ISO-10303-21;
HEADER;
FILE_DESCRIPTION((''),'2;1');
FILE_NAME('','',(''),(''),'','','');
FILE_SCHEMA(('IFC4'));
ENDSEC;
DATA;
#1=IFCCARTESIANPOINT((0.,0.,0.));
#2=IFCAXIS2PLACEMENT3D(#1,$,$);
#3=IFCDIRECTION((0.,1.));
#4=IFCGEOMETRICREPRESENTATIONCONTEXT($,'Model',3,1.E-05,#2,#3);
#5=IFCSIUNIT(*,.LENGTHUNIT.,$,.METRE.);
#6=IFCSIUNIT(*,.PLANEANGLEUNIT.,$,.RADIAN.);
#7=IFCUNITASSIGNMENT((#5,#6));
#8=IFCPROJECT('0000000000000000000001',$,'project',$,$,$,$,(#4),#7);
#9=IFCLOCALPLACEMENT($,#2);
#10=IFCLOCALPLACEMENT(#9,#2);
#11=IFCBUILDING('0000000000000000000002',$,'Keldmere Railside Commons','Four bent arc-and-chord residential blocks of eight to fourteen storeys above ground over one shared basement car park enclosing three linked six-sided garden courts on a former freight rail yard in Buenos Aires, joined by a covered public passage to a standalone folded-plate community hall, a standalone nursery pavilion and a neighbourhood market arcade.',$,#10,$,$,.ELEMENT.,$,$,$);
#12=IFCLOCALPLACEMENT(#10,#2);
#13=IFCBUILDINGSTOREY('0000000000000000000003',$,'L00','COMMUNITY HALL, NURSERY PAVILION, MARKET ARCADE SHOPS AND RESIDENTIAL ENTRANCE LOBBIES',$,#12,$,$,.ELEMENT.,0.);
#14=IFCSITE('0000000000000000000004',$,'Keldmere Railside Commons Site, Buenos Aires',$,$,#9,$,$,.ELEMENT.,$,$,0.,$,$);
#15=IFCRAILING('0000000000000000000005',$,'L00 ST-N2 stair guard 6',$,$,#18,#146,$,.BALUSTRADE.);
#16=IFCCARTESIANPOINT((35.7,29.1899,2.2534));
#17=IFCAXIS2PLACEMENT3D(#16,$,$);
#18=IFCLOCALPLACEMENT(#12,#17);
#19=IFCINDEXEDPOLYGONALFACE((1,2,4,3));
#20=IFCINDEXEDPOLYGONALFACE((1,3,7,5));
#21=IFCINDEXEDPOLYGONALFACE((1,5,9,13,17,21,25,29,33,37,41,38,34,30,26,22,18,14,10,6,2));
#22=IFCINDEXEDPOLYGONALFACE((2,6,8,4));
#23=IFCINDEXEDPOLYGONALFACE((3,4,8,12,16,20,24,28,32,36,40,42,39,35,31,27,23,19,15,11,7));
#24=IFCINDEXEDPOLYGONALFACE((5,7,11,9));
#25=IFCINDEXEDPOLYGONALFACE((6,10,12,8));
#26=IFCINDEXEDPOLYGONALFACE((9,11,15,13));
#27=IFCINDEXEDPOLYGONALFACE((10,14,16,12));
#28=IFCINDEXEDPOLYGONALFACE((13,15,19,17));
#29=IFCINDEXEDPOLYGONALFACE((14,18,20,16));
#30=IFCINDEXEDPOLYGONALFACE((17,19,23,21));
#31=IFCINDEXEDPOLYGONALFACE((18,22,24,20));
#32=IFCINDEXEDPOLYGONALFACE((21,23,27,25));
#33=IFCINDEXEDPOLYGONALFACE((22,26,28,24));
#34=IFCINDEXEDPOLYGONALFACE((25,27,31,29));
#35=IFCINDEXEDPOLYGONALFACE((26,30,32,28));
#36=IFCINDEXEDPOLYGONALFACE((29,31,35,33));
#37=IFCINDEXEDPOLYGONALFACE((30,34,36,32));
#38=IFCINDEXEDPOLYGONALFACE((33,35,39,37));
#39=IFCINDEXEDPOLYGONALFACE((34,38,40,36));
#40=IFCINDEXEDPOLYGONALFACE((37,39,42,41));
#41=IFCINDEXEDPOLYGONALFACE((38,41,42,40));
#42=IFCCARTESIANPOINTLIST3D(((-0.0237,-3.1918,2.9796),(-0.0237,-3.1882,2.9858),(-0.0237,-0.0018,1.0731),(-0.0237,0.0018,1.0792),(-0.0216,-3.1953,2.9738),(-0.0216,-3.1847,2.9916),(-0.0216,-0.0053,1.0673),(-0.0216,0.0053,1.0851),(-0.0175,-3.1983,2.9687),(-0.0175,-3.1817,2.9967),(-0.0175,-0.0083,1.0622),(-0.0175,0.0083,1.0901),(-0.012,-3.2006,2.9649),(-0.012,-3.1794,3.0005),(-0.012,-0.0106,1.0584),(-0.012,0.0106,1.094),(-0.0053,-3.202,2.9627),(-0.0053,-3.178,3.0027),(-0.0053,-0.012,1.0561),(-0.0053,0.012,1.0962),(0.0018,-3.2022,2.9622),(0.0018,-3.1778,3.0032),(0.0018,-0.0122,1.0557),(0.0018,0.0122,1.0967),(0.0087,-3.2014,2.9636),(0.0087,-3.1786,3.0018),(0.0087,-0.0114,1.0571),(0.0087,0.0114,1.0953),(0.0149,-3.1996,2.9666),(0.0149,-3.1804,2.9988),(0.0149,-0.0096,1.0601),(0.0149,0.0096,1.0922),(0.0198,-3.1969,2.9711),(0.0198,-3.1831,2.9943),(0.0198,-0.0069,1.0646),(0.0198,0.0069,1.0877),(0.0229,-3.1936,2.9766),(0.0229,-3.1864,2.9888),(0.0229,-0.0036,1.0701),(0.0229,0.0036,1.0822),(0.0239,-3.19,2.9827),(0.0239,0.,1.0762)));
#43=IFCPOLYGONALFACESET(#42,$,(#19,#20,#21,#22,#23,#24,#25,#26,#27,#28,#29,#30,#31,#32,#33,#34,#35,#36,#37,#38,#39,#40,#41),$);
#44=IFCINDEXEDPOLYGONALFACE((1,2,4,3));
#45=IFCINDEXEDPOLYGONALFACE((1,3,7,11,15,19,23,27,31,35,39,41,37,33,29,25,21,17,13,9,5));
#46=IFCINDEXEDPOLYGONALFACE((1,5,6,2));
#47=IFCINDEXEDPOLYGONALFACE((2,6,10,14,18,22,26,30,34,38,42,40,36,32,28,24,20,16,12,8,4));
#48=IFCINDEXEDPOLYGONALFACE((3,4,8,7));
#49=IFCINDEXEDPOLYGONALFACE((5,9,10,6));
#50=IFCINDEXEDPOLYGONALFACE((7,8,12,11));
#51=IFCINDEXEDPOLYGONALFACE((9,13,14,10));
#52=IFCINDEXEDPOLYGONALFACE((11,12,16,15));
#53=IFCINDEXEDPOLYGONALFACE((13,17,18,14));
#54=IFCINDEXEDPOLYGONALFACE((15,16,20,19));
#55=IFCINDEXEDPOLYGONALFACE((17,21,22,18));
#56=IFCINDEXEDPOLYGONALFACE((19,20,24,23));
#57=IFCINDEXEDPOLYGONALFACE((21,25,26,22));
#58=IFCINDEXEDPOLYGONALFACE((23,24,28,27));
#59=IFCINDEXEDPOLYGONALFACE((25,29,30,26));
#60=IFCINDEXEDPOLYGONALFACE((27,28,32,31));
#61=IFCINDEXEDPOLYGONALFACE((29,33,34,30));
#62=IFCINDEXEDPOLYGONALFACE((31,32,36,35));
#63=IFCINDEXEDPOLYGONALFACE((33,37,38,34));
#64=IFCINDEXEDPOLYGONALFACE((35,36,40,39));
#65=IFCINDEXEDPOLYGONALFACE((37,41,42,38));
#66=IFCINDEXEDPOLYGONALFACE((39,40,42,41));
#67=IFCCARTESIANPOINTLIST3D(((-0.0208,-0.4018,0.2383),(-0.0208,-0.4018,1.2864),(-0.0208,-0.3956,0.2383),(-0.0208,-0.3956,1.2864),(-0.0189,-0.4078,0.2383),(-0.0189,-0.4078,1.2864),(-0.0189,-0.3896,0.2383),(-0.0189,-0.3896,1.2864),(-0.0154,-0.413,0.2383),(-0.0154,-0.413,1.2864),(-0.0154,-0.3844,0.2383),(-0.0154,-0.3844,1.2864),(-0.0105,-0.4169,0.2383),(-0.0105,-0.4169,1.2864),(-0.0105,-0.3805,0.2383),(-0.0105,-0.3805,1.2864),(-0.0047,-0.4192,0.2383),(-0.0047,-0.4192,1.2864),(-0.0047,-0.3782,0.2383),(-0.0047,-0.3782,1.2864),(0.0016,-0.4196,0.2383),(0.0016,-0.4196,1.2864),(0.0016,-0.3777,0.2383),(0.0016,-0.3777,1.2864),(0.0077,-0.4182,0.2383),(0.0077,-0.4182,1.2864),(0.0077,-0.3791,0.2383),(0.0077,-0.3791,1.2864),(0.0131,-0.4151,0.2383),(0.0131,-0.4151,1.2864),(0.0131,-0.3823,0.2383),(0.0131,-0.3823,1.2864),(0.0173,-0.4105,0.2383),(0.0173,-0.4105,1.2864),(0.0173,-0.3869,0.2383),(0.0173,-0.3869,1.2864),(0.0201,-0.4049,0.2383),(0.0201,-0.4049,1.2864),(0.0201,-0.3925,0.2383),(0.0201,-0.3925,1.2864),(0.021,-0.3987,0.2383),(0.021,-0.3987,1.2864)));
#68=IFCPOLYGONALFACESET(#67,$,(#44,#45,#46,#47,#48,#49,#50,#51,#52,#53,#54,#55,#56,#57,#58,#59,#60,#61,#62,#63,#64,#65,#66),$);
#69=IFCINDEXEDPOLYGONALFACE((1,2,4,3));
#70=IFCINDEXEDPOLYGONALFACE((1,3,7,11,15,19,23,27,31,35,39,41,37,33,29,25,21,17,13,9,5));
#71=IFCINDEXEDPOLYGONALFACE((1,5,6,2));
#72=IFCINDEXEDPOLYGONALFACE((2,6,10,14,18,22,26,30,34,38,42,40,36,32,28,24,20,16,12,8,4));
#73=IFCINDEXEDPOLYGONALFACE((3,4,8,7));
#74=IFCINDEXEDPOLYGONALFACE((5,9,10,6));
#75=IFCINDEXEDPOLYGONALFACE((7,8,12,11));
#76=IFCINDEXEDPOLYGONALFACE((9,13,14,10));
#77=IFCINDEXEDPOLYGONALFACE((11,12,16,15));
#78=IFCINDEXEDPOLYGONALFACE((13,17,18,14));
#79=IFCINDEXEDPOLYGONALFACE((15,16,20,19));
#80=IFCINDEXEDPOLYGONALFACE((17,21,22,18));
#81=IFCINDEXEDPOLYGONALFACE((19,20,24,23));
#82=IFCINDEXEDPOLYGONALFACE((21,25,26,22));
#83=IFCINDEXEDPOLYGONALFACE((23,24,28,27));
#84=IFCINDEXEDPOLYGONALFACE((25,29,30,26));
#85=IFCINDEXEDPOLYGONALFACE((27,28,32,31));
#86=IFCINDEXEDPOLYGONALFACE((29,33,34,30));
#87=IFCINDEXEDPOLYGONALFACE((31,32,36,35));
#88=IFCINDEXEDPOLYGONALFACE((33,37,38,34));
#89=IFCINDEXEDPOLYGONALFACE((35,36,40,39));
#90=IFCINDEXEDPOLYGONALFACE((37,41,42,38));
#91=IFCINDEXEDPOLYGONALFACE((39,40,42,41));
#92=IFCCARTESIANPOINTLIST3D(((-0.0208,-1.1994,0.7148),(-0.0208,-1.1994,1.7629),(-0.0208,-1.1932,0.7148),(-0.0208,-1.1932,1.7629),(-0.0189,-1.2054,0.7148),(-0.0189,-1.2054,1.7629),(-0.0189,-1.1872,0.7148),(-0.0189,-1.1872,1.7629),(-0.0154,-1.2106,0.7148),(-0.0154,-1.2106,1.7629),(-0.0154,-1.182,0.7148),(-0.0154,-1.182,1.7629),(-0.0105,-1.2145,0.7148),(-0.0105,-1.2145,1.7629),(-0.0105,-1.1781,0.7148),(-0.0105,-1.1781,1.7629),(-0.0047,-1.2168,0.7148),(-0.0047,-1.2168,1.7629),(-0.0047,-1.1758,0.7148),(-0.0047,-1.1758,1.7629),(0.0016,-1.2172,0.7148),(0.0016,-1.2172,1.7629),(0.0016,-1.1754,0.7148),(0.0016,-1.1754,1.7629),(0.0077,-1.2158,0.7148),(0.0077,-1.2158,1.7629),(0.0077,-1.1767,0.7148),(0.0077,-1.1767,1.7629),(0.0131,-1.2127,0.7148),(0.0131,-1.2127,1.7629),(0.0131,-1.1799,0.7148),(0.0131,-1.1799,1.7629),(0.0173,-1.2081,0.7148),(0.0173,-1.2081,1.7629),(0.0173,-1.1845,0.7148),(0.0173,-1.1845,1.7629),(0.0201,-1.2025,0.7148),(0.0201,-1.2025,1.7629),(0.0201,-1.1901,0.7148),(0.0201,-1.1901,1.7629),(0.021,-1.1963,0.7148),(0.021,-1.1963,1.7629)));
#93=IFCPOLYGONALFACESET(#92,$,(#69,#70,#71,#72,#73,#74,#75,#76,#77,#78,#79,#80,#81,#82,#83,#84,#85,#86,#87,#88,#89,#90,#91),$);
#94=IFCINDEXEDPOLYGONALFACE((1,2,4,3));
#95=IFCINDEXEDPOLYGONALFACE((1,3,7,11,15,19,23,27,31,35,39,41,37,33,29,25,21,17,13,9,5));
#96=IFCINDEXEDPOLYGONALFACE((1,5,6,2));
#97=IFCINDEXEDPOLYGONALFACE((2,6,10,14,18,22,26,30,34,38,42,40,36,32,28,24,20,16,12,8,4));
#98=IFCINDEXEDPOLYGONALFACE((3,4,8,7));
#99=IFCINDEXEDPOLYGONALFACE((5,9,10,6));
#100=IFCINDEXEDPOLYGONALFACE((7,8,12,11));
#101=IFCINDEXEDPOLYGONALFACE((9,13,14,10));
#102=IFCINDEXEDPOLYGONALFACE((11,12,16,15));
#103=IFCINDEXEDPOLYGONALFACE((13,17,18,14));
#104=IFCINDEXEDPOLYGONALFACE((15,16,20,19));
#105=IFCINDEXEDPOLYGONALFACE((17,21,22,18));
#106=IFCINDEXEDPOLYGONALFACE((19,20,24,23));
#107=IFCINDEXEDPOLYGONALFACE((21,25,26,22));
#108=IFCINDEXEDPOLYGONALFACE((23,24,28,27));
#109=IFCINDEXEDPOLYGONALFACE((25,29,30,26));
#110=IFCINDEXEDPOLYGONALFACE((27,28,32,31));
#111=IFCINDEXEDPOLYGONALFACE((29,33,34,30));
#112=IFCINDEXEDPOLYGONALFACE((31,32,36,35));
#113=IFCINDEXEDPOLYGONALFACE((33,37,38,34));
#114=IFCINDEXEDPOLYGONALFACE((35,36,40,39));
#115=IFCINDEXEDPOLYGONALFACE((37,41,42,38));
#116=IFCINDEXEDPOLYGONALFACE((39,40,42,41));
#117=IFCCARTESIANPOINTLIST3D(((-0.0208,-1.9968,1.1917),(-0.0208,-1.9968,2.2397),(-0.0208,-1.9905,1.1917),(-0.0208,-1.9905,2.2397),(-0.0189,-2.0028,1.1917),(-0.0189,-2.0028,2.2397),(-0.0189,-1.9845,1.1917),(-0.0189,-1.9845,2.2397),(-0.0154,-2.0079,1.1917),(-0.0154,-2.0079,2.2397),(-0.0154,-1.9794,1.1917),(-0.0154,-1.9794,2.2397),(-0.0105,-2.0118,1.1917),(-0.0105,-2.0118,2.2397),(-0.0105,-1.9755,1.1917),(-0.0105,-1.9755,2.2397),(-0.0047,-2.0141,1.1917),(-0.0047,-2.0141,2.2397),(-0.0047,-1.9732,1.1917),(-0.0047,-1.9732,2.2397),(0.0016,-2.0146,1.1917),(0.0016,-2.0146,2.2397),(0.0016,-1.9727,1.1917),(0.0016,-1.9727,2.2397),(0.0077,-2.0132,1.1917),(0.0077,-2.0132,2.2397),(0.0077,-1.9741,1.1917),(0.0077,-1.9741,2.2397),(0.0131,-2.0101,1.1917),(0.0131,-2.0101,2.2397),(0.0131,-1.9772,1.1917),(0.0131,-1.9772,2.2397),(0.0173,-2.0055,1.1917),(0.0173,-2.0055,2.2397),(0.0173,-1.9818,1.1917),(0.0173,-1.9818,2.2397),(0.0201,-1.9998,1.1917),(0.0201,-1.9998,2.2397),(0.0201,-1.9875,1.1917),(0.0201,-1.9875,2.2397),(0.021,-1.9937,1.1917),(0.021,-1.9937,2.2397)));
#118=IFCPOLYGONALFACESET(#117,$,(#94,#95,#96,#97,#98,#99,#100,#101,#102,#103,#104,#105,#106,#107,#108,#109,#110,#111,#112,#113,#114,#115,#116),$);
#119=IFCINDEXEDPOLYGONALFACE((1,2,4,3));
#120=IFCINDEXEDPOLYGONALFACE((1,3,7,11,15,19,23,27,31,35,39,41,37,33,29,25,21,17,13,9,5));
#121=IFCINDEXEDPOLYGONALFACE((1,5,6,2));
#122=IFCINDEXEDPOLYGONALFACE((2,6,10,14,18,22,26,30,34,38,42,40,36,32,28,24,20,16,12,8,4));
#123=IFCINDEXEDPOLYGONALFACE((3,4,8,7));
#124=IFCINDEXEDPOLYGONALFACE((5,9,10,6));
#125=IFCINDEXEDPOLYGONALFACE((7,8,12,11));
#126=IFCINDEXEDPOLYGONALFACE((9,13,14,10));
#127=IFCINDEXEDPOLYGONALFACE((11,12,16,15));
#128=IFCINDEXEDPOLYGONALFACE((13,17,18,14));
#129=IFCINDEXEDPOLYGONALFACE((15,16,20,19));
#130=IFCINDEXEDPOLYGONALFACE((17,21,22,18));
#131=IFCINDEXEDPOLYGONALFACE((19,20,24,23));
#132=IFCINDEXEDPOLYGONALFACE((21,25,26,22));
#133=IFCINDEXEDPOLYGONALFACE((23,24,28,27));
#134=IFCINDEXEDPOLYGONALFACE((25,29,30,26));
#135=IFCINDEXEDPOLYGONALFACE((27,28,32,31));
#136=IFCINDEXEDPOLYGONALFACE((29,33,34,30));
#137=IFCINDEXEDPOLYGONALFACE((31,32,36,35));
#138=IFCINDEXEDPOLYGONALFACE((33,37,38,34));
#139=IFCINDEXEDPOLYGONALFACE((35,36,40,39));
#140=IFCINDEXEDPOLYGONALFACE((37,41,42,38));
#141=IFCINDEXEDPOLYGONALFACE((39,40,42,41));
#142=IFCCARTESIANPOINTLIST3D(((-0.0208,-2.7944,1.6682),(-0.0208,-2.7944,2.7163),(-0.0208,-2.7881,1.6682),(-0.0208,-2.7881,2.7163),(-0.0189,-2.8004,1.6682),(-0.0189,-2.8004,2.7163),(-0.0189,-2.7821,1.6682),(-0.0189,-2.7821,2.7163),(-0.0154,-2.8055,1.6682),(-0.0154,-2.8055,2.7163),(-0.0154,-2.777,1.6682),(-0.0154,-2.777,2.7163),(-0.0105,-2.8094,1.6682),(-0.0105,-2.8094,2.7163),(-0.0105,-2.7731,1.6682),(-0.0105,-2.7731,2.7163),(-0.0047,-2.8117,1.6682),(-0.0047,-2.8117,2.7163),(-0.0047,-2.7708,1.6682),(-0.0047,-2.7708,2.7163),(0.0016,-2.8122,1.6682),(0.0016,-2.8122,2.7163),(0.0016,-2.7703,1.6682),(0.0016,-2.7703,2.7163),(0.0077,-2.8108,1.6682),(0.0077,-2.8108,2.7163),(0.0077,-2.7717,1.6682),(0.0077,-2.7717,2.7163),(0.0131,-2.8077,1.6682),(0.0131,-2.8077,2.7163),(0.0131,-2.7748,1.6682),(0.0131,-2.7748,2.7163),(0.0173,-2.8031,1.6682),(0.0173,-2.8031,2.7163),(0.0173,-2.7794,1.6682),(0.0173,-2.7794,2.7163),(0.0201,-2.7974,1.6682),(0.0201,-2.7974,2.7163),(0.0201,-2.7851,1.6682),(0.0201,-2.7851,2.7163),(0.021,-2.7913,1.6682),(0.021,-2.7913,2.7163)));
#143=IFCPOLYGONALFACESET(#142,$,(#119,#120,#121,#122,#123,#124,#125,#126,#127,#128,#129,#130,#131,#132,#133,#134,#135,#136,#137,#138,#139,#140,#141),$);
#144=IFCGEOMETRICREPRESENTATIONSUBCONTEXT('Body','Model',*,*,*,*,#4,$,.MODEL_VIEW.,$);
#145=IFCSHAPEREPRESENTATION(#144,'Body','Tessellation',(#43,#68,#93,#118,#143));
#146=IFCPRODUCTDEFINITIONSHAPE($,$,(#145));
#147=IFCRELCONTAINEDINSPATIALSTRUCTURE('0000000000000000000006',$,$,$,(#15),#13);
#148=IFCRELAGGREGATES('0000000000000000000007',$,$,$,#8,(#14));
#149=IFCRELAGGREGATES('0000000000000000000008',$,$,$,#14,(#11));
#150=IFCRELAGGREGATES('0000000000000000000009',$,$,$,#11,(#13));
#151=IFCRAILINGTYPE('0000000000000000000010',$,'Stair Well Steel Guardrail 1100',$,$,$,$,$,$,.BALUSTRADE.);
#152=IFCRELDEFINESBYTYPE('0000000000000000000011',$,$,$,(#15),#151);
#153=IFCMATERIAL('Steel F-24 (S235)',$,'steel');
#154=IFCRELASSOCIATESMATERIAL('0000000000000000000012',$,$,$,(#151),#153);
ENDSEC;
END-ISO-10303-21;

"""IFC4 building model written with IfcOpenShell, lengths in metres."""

from ifc_helpers import new_model, si_unit, direction, frame, origin, origin_2d, place, context, subcontext, project, spatial, circle, extrude, material, type_object, element, save


model = new_model("IFC4")

# Units and contexts
model_context = context("Model", 3, precision=1e-05, world=origin(), true_north=direction((0.0, 1.0)))
body_context = subcontext(model_context, "Body", "Model", "MODEL_VIEW")
ifc_project = project(units=[si_unit("LENGTHUNIT", "METRE"), si_unit("PLANEANGLEUNIT", "RADIAN")], contexts=[model_context])

# Site, building, storey
site_placement = place(None, origin())
site = spatial("IfcSite", under=ifc_project, at=site_placement, Name="Keldmere Railside Commons Site, Buenos Aires", CompositionType="ELEMENT", RefElevation=0.0)
building_placement = place(site_placement, origin())
building = spatial("IfcBuilding", under=site, at=building_placement, Name="Keldmere Railside Commons", Description="Four bent arc-and-chord residential blocks of eight to fourteen storeys above ground over one shared basement car park enclosing three linked six-sided garden courts on a former freight rail yard in Buenos Aires, joined by a covered public passage to a standalone folded-plate community hall, a standalone nursery pavilion and a neighbourhood market arcade.", CompositionType="ELEMENT")
storey_placement = place(building_placement, origin())
storey = spatial("IfcBuildingStorey", under=building, at=storey_placement, Name="L00", Description="COMMUNITY HALL, NURSERY PAVILION, MARKET ARCADE SHOPS AND RESIDENTIAL ENTRANCE LOBBIES", CompositionType="ELEMENT", Elevation=0.0)

# Shared definitions
ifc_material_1 = material(Name="Steel F-24 (S235)", Category="steel")

# Railing
railing_type_1 = type_object("IfcRailingType", Name="Stair Well Steel Guardrail 1100", PredefinedType="BALUSTRADE", material=ifc_material_1)
railing_1_placement = place(storey_placement, frame((35.7, 29.1899, 2.2534)))
element("IfcRailing", 1, at=railing_1_placement, inside=storey, type_object=railing_type_1, Name="L00 ST-N2 stair guard 6", PredefinedType="BALUSTRADE", context=body_context, shape_type="SweptSolid", body=[
    extrude(circle(Radius=0.0239, at=origin_2d()), frame((0.0, 0.0, 1.0762), z_axis=(0.0, -0.858379, 0.513017), x_axis=(1.0, 0.0, 0.0)), (0.0, 0.0, 1.0), 3.7163),
    extrude(circle(Radius=0.021, at=origin_2d()), frame((0.0, -0.3987, 0.2383)), (0.0, 0.0, 1.0), 1.0481),
    extrude(circle(Radius=0.021, at=origin_2d()), frame((0.0, -1.1963, 0.7148)), (0.0, 0.0, 1.0), 1.0481),
    extrude(circle(Radius=0.021, at=origin_2d()), frame((0.0, -1.9937, 1.1917)), (0.0, 0.0, 1.0), 1.0481),
    extrude(circle(Radius=0.021, at=origin_2d()), frame((0.0, -2.7913, 1.6682)), (0.0, 0.0, 1.0), 1.0481),
])

save(model, "model.ifc")
